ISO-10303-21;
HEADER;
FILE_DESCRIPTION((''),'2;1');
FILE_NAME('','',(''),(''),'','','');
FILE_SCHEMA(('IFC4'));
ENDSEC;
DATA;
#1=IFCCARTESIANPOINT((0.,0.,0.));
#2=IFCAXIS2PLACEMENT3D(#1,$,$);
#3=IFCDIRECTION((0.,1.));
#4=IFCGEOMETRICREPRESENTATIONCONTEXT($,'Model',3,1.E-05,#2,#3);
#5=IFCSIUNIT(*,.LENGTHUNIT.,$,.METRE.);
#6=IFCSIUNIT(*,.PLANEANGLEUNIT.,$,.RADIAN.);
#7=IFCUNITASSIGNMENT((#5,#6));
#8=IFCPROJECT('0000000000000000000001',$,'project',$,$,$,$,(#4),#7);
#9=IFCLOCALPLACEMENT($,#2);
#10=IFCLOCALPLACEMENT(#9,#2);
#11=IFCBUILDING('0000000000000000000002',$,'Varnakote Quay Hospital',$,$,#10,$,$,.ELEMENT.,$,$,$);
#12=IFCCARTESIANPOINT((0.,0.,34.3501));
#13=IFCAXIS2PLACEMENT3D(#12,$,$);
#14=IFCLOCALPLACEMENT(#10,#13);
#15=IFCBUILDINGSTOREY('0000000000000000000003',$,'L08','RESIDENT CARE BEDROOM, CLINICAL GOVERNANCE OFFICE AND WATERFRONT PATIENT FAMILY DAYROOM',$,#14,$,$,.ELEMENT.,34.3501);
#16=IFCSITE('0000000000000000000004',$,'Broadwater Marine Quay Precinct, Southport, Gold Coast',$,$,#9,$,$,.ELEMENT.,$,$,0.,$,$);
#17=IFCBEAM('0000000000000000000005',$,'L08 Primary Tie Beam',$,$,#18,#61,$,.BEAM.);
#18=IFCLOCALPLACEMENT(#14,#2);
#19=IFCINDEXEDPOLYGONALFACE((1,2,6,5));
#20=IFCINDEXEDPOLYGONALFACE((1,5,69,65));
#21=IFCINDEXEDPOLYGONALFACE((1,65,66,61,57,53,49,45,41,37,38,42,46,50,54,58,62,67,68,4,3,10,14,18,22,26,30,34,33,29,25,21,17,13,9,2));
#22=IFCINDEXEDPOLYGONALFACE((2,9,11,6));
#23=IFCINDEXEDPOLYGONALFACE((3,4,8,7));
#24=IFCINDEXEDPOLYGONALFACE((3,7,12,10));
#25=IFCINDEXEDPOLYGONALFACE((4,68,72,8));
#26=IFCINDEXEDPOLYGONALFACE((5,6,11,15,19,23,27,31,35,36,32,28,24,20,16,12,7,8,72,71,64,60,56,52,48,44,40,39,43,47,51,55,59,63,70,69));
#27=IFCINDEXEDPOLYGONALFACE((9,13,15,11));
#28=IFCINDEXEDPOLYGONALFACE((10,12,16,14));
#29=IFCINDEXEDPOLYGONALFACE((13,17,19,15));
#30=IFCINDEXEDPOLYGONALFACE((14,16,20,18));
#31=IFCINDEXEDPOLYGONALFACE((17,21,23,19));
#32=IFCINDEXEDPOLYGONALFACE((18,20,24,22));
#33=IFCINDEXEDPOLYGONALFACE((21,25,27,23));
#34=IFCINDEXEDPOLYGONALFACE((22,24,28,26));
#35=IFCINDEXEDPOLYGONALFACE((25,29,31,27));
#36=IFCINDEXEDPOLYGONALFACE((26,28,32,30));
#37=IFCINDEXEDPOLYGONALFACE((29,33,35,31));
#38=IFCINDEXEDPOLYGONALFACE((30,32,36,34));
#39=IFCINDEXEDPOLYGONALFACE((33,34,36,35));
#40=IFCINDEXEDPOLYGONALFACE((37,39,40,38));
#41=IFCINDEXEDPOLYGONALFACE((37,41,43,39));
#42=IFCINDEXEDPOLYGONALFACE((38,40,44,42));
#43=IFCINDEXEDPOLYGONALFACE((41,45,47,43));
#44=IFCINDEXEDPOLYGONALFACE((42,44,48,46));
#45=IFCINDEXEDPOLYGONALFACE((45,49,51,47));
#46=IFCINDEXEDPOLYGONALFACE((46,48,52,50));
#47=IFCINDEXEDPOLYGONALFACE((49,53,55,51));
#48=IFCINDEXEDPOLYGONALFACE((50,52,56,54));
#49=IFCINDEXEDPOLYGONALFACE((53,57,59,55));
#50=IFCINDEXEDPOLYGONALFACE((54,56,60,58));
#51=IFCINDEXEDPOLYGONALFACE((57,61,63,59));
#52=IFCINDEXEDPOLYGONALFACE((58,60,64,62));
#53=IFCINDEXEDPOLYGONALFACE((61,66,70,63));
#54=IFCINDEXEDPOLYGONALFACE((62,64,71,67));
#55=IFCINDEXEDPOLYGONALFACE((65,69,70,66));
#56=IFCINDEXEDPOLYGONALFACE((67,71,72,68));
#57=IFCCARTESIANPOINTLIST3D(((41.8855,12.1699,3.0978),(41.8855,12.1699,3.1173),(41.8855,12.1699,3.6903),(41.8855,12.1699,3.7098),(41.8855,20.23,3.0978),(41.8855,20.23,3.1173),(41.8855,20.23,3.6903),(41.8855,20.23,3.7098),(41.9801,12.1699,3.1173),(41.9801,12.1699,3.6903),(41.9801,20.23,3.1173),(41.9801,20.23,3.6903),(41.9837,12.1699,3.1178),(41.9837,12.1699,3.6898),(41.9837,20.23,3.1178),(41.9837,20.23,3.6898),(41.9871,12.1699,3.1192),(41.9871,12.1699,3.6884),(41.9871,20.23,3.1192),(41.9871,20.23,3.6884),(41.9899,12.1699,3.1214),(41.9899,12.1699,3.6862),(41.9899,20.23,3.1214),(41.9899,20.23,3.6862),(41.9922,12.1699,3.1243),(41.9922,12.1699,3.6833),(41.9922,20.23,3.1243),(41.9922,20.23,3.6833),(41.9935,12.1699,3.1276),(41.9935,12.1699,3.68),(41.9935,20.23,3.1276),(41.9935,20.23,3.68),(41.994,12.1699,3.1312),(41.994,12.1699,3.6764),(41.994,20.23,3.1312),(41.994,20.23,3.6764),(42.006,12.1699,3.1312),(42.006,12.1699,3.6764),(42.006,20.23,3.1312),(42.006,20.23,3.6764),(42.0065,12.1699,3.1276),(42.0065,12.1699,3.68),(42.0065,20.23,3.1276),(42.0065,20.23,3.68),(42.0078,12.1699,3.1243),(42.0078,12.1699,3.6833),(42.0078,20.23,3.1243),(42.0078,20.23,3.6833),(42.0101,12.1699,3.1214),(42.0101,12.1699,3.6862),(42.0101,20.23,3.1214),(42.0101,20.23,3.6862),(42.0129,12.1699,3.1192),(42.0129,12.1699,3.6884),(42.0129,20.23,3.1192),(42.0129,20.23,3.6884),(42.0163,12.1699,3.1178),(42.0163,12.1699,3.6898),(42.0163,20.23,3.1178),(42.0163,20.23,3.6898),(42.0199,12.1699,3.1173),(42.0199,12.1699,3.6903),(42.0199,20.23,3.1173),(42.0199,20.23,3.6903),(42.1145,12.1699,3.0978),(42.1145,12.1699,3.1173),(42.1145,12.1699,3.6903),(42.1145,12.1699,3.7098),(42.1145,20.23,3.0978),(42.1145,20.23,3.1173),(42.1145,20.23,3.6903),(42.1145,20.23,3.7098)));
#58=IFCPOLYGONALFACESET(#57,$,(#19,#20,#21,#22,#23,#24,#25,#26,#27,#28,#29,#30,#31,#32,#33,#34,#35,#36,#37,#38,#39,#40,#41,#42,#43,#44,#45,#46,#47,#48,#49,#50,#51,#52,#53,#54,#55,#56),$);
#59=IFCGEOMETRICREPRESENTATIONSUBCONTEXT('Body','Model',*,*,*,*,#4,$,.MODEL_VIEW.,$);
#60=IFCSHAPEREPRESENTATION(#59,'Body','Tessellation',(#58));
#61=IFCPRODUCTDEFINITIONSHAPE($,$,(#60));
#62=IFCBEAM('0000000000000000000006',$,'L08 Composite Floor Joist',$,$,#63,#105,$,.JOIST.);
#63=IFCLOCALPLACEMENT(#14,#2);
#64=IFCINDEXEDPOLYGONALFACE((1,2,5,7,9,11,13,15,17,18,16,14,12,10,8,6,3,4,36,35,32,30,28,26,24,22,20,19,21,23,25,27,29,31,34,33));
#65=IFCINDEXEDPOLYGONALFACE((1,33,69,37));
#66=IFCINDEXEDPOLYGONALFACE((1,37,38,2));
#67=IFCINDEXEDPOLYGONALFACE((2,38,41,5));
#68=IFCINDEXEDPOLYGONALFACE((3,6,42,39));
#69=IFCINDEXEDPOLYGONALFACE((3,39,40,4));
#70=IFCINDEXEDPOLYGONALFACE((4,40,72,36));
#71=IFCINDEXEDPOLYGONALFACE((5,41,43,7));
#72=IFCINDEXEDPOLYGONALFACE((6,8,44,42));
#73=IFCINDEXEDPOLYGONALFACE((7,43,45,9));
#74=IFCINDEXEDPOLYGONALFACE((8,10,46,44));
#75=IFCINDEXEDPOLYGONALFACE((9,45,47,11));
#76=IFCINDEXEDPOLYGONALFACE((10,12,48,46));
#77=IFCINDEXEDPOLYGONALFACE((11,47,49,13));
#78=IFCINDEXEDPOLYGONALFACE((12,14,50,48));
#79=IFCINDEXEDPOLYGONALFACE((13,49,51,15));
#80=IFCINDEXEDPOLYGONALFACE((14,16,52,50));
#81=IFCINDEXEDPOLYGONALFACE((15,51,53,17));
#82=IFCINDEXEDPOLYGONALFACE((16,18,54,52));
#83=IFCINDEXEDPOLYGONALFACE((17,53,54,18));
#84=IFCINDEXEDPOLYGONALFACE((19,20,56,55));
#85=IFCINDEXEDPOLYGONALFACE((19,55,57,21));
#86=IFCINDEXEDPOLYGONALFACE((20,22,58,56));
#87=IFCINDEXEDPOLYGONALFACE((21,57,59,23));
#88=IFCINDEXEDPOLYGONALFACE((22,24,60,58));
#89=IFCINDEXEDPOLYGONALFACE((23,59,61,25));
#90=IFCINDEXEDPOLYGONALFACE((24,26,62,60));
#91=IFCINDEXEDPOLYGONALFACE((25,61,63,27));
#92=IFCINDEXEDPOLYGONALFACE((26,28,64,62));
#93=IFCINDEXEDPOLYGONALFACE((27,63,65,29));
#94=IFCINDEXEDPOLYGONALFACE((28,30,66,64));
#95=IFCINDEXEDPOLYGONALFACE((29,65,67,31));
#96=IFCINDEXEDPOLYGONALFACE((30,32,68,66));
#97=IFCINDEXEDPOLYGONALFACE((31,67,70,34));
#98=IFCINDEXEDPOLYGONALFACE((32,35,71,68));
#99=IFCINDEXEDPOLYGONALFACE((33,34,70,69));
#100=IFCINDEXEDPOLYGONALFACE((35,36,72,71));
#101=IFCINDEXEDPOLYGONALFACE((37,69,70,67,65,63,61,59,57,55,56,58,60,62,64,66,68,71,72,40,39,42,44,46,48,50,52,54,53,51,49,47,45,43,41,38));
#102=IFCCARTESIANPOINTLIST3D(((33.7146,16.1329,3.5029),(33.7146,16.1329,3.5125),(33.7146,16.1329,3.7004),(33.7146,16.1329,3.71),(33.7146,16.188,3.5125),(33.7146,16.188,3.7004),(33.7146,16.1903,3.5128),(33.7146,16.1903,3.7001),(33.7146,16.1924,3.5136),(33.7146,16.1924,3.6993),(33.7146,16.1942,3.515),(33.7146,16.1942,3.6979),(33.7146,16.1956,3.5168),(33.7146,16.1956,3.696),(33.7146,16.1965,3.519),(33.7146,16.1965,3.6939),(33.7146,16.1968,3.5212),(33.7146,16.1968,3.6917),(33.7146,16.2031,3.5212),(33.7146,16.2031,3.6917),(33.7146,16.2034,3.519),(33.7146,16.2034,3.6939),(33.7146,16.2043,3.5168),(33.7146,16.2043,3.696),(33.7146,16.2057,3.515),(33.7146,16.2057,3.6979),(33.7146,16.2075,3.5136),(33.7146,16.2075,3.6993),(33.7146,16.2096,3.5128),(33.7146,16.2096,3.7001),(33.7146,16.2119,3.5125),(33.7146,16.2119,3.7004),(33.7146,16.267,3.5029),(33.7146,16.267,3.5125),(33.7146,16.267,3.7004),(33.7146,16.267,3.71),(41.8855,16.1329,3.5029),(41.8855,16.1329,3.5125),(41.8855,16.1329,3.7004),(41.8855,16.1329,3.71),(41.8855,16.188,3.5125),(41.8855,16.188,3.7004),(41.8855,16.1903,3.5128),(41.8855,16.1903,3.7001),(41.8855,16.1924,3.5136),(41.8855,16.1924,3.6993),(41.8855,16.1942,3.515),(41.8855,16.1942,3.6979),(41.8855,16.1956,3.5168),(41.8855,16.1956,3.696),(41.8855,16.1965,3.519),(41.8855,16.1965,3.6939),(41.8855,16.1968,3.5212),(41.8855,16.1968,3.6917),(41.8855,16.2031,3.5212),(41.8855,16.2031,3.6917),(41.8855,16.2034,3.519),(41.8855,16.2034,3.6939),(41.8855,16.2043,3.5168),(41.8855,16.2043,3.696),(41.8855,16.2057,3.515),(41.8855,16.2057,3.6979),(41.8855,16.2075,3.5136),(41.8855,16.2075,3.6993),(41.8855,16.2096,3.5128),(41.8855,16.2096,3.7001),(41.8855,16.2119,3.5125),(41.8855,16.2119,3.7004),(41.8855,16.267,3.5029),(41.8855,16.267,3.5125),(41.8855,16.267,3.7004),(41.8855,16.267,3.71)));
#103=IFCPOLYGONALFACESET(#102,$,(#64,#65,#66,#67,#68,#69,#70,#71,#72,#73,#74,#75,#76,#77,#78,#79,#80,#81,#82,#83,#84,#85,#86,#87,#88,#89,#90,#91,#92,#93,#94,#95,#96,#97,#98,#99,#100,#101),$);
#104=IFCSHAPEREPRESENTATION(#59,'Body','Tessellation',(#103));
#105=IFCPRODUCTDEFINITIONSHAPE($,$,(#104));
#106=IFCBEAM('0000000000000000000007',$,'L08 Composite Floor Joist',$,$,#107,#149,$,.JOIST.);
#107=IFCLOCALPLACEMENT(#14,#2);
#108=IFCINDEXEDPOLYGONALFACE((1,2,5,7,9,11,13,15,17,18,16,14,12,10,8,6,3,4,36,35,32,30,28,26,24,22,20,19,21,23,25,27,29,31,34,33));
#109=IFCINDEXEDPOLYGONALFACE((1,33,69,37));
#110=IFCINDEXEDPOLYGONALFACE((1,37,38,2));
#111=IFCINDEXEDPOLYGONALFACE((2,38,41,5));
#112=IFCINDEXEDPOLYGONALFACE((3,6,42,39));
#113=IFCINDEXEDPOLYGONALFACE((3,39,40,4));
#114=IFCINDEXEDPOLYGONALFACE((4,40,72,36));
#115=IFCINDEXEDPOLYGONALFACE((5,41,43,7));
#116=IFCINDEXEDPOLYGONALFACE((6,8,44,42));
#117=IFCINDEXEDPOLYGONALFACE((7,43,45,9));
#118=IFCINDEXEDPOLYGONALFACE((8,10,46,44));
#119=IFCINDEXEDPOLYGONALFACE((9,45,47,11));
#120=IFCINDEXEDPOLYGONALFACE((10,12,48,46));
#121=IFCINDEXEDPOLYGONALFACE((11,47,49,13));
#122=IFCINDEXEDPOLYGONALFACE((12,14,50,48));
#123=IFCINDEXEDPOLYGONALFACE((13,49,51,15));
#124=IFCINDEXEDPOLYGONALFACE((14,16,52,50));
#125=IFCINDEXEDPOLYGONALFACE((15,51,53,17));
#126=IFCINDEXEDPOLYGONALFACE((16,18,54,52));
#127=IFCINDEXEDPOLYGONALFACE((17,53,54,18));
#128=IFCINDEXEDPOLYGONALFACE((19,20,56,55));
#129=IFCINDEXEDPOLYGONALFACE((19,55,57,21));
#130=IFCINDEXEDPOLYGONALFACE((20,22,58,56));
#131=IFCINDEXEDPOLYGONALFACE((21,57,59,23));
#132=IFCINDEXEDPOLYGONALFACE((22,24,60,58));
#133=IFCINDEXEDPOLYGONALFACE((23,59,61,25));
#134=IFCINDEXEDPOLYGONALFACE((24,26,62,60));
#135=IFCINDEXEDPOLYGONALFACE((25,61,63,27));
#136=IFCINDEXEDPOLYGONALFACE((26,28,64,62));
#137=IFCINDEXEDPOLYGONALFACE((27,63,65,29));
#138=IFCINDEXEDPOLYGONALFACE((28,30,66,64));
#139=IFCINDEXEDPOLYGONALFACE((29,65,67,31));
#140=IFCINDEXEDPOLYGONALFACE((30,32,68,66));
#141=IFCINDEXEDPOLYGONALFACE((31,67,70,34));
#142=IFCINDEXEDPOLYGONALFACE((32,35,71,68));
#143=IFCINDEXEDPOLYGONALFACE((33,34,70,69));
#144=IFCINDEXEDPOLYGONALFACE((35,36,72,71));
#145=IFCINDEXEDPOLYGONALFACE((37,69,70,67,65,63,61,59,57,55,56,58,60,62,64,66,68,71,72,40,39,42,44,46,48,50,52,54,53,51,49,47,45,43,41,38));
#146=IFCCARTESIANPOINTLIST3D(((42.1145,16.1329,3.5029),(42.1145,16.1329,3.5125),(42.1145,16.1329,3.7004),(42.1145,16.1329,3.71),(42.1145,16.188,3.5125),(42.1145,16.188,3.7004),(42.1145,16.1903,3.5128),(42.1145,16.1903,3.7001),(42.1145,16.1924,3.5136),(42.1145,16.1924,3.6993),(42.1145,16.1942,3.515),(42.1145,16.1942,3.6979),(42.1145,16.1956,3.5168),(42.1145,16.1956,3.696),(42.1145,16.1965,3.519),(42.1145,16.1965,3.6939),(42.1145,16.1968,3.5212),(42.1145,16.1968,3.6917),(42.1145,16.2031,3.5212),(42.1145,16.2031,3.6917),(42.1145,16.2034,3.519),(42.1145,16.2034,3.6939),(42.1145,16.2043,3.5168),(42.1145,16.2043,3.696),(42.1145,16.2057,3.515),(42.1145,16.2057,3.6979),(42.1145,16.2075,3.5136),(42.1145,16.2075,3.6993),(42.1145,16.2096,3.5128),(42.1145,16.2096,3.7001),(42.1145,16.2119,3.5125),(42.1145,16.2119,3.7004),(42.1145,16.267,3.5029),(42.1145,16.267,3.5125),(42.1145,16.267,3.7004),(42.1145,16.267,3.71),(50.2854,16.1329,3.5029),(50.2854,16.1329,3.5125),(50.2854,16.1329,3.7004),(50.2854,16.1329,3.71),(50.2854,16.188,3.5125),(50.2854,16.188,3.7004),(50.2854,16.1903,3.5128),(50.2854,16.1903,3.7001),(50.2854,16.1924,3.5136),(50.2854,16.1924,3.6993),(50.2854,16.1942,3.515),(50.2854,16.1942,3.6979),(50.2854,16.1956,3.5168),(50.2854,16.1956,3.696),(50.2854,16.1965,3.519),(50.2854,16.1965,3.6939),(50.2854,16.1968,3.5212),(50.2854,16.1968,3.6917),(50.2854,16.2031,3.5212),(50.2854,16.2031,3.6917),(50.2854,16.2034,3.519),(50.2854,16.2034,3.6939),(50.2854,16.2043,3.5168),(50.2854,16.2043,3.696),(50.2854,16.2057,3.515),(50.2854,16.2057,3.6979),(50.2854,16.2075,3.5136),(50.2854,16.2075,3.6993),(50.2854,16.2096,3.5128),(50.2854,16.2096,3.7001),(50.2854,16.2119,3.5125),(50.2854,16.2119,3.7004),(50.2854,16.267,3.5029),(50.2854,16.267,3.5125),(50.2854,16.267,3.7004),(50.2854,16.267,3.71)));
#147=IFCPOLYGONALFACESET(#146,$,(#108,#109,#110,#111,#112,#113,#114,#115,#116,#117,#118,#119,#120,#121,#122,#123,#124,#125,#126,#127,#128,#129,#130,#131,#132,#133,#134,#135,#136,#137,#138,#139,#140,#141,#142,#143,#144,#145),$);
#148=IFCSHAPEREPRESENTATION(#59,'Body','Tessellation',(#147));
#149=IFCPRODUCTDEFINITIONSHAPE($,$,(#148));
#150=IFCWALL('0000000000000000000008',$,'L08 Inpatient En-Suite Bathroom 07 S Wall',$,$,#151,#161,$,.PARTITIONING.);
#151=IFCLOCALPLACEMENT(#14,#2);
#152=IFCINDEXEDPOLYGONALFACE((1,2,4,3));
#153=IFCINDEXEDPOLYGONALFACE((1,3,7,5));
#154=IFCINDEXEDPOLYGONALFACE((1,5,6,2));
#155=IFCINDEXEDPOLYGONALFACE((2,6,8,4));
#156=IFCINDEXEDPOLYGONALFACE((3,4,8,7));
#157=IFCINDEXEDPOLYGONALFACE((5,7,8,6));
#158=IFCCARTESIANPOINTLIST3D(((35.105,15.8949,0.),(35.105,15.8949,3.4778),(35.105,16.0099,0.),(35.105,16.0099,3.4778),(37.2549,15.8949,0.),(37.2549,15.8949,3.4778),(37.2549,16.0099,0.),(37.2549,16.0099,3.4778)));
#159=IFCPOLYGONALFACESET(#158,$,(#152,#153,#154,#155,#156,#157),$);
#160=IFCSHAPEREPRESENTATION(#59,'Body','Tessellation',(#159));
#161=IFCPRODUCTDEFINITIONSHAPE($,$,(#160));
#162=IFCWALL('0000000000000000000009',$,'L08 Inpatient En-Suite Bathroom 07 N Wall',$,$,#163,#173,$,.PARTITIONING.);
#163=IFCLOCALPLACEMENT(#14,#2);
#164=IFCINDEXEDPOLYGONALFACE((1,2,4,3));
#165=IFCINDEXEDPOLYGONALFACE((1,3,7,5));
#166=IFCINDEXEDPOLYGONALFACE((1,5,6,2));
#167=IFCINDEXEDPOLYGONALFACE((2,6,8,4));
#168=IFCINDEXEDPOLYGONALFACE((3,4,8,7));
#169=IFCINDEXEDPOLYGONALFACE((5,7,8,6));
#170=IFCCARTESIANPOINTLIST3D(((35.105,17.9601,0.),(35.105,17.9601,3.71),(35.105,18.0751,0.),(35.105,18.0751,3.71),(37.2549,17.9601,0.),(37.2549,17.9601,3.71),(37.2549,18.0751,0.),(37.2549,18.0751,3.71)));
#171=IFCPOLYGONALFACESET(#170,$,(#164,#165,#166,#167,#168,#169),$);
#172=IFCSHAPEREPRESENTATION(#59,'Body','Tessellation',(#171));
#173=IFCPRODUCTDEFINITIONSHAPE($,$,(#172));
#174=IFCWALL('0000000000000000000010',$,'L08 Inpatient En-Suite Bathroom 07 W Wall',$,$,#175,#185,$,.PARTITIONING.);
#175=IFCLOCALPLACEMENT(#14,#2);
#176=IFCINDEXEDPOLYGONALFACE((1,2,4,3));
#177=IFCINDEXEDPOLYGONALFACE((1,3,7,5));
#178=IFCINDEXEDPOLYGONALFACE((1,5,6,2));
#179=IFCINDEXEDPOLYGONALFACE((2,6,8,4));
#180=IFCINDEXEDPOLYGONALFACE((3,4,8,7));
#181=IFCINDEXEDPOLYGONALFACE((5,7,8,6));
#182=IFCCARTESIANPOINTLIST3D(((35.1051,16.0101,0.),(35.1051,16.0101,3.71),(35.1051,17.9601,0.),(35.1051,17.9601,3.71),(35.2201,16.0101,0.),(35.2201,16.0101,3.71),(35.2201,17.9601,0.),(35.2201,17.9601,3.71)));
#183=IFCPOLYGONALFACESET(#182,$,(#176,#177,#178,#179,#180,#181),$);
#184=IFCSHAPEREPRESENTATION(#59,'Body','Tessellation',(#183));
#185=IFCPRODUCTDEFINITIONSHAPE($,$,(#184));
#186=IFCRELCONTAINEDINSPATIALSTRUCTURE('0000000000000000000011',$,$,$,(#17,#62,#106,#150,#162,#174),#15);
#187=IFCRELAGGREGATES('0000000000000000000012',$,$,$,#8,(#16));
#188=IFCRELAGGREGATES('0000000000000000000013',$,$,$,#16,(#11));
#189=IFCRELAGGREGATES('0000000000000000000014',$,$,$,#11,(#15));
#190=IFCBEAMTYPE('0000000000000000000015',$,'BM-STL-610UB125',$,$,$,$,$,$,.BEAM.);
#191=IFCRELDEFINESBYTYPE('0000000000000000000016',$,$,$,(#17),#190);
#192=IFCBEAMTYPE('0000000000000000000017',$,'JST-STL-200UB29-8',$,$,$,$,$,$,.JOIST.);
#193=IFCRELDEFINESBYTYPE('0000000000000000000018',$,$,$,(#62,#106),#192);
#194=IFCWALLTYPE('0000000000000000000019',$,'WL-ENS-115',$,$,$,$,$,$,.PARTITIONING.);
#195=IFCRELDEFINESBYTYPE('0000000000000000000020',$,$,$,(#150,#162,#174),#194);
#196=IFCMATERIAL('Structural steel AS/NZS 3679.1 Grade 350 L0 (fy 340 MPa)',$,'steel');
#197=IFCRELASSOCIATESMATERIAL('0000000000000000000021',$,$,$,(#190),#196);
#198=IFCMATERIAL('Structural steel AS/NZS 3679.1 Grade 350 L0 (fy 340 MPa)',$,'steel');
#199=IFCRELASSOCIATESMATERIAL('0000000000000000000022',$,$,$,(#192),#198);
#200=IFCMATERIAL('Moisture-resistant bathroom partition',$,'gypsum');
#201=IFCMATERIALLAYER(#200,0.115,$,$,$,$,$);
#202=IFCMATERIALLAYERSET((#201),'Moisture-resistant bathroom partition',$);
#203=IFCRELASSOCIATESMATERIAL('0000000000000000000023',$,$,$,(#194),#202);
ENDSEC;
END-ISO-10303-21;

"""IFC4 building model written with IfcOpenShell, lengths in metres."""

from ifc_helpers import new_model, si_unit, direction, frame, frame_2d, origin, origin_2d, place, context, subcontext, project, spatial, rectangle, i_section, extrude, material, layer, layer_set, material_profile, profile_set, type_object, element, save


model = new_model("IFC4")

# Units and contexts
model_context = context("Model", 3, precision=1e-05, world=origin(), true_north=direction((0.0, 1.0)))
body_context = subcontext(model_context, "Body", "Model", "MODEL_VIEW")
ifc_project = project(units=[si_unit("LENGTHUNIT", "METRE"), si_unit("PLANEANGLEUNIT", "RADIAN")], contexts=[model_context])

# Site, building, storey
site_placement = place(None, origin())
site = spatial("IfcSite", under=ifc_project, at=site_placement, Name="Broadwater Marine Quay Precinct, Southport, Gold Coast", CompositionType="ELEMENT", RefElevation=0.0)
building_placement = place(site_placement, origin())
building = spatial("IfcBuilding", under=site, at=building_placement, Name="Varnakote Quay Hospital", CompositionType="ELEMENT")
storey_placement = place(building_placement, frame((0.0, 0.0, 34.3501)))
storey = spatial("IfcBuildingStorey", under=building, at=storey_placement, Name="L08", Description="RESIDENT CARE BEDROOM, CLINICAL GOVERNANCE OFFICE AND WATERFRONT PATIENT FAMILY DAYROOM", CompositionType="ELEMENT", Elevation=34.3501)

# Beams
ifc_material_1 = material(Name="Structural steel AS/NZS 3679.1 Grade 350 L0 (fy 340 MPa)", Category="steel")
ifc_material_profile_1 = material_profile(ifc_material_1, i_section(OverallWidth=0.229, OverallDepth=0.6121, WebThickness=0.012, FlangeThickness=0.0195, FilletRadius=0.0139, at=origin_2d()), Name="610UB125")
ifc_profile_set_1 = profile_set([ifc_material_profile_1], Name="Structural steel AS/NZS 3679.1 Grade 350 L0 (fy 340 MPa)")
beam_type_1 = type_object("IfcBeamType", Name="BM-STL-610UB125", PredefinedType="BEAM", material=ifc_profile_set_1)
beam_1_placement = place(storey_placement, frame((42.0, 12.1699, 3.4038), z_axis=(0.0, 1.0, 0.0), x_axis=(-1.0, 0.0, 0.0)))
element("IfcBeam", 1, at=beam_1_placement, inside=storey, type_object=beam_type_1, Name="L08 Primary Tie Beam", PredefinedType="BEAM", context=body_context, shape_type="SweptSolid", body=[
    extrude(i_section(OverallWidth=0.229, OverallDepth=0.6121, WebThickness=0.012, FlangeThickness=0.0195, FilletRadius=0.0139, at=origin_2d()), origin(), (0.0, 0.0, 1.0), 8.0601),
])
ifc_material_2 = material(Name="Structural steel AS/NZS 3679.1 Grade 350 L0 (fy 340 MPa)", Category="steel")
ifc_material_profile_2 = material_profile(ifc_material_2, i_section(OverallWidth=0.134, OverallDepth=0.207, WebThickness=0.0063, FlangeThickness=0.0095, FilletRadius=0.0088, at=origin_2d()), Name="200UB29.8")
ifc_profile_set_2 = profile_set([ifc_material_profile_2], Name="Structural steel AS/NZS 3679.1 Grade 350 L0 (fy 340 MPa)")
beam_type_2 = type_object("IfcBeamType", Name="JST-STL-200UB29-8", PredefinedType="JOIST", material=ifc_profile_set_2)
for number, where, z_axis, x_axis, name in (
    (2, (33.7146, 16.2, 3.6064), (1.0, 0.0, 0.0), (0.0, 1.0, 0.0), "L08 Composite Floor Joist"),
    (3, (42.1145, 16.2, 3.6064), (1.0, 0.0, 0.0), (0.0, 1.0, 0.0), "L08 Composite Floor Joist"),
):
    element("IfcBeam", number, at=place(storey_placement, frame(where, z_axis=z_axis, x_axis=x_axis)), inside=storey, type_object=beam_type_2, Name=name, PredefinedType="JOIST", context=body_context, shape_type="SweptSolid", body=[
        extrude(i_section(OverallWidth=0.134, OverallDepth=0.207, WebThickness=0.0063, FlangeThickness=0.0095, FilletRadius=0.0088, at=origin_2d()), origin(), (0.0, 0.0, 1.0), 8.1709),
    ])

# Walls
ifc_material_3 = material(Name="Moisture-resistant bathroom partition", Category="gypsum")
ifc_layer_1 = layer(ifc_material_3, 0.115)
ifc_layer_set_1 = layer_set([ifc_layer_1], Name="Moisture-resistant bathroom partition")
wall_type_1 = type_object("IfcWallType", Name="WL-ENS-115", PredefinedType="PARTITIONING", material=ifc_layer_set_1)
wall_1_placement = place(storey_placement, frame((35.105, 15.9524, 0.0), z_axis=(0.0, 0.0, 1.0), x_axis=(1.0, 0.0, 0.0)))
element("IfcWall", 4, at=wall_1_placement, inside=storey, type_object=wall_type_1, Name="L08 Inpatient En-Suite Bathroom 07 S Wall", PredefinedType="PARTITIONING", context=body_context, shape_type="SweptSolid", body=[
    extrude(rectangle(XDim=2.1499, YDim=0.115, at=frame_2d((1.075, 0.0))), origin(), (0.0, 0.0, 1.0), 3.4778),
])
wall_2_placement = place(storey_placement, frame((35.105, 18.0176, 0.0), z_axis=(0.0, 0.0, 1.0), x_axis=(1.0, 0.0, 0.0)))
element("IfcWall", 5, at=wall_2_placement, inside=storey, type_object=wall_type_1, Name="L08 Inpatient En-Suite Bathroom 07 N Wall", PredefinedType="PARTITIONING", context=body_context, shape_type="SweptSolid", body=[
    extrude(rectangle(XDim=2.1499, YDim=0.115, at=frame_2d((1.075, 0.0))), origin(), (0.0, 0.0, 1.0), 3.71),
])
wall_3_placement = place(storey_placement, frame((35.1626, 16.01, 0.0), z_axis=(0.0, 0.0, 1.0), x_axis=(0.0, 1.0, 0.0)))
element("IfcWall", 6, at=wall_3_placement, inside=storey, type_object=wall_type_1, Name="L08 Inpatient En-Suite Bathroom 07 W Wall", PredefinedType="PARTITIONING", context=body_context, shape_type="SweptSolid", body=[
    extrude(rectangle(XDim=1.95, YDim=0.115, at=frame_2d((0.9751, 0.0))), origin(), (0.0, 0.0, 1.0), 3.71),
])

save(model, "model.ifc")
